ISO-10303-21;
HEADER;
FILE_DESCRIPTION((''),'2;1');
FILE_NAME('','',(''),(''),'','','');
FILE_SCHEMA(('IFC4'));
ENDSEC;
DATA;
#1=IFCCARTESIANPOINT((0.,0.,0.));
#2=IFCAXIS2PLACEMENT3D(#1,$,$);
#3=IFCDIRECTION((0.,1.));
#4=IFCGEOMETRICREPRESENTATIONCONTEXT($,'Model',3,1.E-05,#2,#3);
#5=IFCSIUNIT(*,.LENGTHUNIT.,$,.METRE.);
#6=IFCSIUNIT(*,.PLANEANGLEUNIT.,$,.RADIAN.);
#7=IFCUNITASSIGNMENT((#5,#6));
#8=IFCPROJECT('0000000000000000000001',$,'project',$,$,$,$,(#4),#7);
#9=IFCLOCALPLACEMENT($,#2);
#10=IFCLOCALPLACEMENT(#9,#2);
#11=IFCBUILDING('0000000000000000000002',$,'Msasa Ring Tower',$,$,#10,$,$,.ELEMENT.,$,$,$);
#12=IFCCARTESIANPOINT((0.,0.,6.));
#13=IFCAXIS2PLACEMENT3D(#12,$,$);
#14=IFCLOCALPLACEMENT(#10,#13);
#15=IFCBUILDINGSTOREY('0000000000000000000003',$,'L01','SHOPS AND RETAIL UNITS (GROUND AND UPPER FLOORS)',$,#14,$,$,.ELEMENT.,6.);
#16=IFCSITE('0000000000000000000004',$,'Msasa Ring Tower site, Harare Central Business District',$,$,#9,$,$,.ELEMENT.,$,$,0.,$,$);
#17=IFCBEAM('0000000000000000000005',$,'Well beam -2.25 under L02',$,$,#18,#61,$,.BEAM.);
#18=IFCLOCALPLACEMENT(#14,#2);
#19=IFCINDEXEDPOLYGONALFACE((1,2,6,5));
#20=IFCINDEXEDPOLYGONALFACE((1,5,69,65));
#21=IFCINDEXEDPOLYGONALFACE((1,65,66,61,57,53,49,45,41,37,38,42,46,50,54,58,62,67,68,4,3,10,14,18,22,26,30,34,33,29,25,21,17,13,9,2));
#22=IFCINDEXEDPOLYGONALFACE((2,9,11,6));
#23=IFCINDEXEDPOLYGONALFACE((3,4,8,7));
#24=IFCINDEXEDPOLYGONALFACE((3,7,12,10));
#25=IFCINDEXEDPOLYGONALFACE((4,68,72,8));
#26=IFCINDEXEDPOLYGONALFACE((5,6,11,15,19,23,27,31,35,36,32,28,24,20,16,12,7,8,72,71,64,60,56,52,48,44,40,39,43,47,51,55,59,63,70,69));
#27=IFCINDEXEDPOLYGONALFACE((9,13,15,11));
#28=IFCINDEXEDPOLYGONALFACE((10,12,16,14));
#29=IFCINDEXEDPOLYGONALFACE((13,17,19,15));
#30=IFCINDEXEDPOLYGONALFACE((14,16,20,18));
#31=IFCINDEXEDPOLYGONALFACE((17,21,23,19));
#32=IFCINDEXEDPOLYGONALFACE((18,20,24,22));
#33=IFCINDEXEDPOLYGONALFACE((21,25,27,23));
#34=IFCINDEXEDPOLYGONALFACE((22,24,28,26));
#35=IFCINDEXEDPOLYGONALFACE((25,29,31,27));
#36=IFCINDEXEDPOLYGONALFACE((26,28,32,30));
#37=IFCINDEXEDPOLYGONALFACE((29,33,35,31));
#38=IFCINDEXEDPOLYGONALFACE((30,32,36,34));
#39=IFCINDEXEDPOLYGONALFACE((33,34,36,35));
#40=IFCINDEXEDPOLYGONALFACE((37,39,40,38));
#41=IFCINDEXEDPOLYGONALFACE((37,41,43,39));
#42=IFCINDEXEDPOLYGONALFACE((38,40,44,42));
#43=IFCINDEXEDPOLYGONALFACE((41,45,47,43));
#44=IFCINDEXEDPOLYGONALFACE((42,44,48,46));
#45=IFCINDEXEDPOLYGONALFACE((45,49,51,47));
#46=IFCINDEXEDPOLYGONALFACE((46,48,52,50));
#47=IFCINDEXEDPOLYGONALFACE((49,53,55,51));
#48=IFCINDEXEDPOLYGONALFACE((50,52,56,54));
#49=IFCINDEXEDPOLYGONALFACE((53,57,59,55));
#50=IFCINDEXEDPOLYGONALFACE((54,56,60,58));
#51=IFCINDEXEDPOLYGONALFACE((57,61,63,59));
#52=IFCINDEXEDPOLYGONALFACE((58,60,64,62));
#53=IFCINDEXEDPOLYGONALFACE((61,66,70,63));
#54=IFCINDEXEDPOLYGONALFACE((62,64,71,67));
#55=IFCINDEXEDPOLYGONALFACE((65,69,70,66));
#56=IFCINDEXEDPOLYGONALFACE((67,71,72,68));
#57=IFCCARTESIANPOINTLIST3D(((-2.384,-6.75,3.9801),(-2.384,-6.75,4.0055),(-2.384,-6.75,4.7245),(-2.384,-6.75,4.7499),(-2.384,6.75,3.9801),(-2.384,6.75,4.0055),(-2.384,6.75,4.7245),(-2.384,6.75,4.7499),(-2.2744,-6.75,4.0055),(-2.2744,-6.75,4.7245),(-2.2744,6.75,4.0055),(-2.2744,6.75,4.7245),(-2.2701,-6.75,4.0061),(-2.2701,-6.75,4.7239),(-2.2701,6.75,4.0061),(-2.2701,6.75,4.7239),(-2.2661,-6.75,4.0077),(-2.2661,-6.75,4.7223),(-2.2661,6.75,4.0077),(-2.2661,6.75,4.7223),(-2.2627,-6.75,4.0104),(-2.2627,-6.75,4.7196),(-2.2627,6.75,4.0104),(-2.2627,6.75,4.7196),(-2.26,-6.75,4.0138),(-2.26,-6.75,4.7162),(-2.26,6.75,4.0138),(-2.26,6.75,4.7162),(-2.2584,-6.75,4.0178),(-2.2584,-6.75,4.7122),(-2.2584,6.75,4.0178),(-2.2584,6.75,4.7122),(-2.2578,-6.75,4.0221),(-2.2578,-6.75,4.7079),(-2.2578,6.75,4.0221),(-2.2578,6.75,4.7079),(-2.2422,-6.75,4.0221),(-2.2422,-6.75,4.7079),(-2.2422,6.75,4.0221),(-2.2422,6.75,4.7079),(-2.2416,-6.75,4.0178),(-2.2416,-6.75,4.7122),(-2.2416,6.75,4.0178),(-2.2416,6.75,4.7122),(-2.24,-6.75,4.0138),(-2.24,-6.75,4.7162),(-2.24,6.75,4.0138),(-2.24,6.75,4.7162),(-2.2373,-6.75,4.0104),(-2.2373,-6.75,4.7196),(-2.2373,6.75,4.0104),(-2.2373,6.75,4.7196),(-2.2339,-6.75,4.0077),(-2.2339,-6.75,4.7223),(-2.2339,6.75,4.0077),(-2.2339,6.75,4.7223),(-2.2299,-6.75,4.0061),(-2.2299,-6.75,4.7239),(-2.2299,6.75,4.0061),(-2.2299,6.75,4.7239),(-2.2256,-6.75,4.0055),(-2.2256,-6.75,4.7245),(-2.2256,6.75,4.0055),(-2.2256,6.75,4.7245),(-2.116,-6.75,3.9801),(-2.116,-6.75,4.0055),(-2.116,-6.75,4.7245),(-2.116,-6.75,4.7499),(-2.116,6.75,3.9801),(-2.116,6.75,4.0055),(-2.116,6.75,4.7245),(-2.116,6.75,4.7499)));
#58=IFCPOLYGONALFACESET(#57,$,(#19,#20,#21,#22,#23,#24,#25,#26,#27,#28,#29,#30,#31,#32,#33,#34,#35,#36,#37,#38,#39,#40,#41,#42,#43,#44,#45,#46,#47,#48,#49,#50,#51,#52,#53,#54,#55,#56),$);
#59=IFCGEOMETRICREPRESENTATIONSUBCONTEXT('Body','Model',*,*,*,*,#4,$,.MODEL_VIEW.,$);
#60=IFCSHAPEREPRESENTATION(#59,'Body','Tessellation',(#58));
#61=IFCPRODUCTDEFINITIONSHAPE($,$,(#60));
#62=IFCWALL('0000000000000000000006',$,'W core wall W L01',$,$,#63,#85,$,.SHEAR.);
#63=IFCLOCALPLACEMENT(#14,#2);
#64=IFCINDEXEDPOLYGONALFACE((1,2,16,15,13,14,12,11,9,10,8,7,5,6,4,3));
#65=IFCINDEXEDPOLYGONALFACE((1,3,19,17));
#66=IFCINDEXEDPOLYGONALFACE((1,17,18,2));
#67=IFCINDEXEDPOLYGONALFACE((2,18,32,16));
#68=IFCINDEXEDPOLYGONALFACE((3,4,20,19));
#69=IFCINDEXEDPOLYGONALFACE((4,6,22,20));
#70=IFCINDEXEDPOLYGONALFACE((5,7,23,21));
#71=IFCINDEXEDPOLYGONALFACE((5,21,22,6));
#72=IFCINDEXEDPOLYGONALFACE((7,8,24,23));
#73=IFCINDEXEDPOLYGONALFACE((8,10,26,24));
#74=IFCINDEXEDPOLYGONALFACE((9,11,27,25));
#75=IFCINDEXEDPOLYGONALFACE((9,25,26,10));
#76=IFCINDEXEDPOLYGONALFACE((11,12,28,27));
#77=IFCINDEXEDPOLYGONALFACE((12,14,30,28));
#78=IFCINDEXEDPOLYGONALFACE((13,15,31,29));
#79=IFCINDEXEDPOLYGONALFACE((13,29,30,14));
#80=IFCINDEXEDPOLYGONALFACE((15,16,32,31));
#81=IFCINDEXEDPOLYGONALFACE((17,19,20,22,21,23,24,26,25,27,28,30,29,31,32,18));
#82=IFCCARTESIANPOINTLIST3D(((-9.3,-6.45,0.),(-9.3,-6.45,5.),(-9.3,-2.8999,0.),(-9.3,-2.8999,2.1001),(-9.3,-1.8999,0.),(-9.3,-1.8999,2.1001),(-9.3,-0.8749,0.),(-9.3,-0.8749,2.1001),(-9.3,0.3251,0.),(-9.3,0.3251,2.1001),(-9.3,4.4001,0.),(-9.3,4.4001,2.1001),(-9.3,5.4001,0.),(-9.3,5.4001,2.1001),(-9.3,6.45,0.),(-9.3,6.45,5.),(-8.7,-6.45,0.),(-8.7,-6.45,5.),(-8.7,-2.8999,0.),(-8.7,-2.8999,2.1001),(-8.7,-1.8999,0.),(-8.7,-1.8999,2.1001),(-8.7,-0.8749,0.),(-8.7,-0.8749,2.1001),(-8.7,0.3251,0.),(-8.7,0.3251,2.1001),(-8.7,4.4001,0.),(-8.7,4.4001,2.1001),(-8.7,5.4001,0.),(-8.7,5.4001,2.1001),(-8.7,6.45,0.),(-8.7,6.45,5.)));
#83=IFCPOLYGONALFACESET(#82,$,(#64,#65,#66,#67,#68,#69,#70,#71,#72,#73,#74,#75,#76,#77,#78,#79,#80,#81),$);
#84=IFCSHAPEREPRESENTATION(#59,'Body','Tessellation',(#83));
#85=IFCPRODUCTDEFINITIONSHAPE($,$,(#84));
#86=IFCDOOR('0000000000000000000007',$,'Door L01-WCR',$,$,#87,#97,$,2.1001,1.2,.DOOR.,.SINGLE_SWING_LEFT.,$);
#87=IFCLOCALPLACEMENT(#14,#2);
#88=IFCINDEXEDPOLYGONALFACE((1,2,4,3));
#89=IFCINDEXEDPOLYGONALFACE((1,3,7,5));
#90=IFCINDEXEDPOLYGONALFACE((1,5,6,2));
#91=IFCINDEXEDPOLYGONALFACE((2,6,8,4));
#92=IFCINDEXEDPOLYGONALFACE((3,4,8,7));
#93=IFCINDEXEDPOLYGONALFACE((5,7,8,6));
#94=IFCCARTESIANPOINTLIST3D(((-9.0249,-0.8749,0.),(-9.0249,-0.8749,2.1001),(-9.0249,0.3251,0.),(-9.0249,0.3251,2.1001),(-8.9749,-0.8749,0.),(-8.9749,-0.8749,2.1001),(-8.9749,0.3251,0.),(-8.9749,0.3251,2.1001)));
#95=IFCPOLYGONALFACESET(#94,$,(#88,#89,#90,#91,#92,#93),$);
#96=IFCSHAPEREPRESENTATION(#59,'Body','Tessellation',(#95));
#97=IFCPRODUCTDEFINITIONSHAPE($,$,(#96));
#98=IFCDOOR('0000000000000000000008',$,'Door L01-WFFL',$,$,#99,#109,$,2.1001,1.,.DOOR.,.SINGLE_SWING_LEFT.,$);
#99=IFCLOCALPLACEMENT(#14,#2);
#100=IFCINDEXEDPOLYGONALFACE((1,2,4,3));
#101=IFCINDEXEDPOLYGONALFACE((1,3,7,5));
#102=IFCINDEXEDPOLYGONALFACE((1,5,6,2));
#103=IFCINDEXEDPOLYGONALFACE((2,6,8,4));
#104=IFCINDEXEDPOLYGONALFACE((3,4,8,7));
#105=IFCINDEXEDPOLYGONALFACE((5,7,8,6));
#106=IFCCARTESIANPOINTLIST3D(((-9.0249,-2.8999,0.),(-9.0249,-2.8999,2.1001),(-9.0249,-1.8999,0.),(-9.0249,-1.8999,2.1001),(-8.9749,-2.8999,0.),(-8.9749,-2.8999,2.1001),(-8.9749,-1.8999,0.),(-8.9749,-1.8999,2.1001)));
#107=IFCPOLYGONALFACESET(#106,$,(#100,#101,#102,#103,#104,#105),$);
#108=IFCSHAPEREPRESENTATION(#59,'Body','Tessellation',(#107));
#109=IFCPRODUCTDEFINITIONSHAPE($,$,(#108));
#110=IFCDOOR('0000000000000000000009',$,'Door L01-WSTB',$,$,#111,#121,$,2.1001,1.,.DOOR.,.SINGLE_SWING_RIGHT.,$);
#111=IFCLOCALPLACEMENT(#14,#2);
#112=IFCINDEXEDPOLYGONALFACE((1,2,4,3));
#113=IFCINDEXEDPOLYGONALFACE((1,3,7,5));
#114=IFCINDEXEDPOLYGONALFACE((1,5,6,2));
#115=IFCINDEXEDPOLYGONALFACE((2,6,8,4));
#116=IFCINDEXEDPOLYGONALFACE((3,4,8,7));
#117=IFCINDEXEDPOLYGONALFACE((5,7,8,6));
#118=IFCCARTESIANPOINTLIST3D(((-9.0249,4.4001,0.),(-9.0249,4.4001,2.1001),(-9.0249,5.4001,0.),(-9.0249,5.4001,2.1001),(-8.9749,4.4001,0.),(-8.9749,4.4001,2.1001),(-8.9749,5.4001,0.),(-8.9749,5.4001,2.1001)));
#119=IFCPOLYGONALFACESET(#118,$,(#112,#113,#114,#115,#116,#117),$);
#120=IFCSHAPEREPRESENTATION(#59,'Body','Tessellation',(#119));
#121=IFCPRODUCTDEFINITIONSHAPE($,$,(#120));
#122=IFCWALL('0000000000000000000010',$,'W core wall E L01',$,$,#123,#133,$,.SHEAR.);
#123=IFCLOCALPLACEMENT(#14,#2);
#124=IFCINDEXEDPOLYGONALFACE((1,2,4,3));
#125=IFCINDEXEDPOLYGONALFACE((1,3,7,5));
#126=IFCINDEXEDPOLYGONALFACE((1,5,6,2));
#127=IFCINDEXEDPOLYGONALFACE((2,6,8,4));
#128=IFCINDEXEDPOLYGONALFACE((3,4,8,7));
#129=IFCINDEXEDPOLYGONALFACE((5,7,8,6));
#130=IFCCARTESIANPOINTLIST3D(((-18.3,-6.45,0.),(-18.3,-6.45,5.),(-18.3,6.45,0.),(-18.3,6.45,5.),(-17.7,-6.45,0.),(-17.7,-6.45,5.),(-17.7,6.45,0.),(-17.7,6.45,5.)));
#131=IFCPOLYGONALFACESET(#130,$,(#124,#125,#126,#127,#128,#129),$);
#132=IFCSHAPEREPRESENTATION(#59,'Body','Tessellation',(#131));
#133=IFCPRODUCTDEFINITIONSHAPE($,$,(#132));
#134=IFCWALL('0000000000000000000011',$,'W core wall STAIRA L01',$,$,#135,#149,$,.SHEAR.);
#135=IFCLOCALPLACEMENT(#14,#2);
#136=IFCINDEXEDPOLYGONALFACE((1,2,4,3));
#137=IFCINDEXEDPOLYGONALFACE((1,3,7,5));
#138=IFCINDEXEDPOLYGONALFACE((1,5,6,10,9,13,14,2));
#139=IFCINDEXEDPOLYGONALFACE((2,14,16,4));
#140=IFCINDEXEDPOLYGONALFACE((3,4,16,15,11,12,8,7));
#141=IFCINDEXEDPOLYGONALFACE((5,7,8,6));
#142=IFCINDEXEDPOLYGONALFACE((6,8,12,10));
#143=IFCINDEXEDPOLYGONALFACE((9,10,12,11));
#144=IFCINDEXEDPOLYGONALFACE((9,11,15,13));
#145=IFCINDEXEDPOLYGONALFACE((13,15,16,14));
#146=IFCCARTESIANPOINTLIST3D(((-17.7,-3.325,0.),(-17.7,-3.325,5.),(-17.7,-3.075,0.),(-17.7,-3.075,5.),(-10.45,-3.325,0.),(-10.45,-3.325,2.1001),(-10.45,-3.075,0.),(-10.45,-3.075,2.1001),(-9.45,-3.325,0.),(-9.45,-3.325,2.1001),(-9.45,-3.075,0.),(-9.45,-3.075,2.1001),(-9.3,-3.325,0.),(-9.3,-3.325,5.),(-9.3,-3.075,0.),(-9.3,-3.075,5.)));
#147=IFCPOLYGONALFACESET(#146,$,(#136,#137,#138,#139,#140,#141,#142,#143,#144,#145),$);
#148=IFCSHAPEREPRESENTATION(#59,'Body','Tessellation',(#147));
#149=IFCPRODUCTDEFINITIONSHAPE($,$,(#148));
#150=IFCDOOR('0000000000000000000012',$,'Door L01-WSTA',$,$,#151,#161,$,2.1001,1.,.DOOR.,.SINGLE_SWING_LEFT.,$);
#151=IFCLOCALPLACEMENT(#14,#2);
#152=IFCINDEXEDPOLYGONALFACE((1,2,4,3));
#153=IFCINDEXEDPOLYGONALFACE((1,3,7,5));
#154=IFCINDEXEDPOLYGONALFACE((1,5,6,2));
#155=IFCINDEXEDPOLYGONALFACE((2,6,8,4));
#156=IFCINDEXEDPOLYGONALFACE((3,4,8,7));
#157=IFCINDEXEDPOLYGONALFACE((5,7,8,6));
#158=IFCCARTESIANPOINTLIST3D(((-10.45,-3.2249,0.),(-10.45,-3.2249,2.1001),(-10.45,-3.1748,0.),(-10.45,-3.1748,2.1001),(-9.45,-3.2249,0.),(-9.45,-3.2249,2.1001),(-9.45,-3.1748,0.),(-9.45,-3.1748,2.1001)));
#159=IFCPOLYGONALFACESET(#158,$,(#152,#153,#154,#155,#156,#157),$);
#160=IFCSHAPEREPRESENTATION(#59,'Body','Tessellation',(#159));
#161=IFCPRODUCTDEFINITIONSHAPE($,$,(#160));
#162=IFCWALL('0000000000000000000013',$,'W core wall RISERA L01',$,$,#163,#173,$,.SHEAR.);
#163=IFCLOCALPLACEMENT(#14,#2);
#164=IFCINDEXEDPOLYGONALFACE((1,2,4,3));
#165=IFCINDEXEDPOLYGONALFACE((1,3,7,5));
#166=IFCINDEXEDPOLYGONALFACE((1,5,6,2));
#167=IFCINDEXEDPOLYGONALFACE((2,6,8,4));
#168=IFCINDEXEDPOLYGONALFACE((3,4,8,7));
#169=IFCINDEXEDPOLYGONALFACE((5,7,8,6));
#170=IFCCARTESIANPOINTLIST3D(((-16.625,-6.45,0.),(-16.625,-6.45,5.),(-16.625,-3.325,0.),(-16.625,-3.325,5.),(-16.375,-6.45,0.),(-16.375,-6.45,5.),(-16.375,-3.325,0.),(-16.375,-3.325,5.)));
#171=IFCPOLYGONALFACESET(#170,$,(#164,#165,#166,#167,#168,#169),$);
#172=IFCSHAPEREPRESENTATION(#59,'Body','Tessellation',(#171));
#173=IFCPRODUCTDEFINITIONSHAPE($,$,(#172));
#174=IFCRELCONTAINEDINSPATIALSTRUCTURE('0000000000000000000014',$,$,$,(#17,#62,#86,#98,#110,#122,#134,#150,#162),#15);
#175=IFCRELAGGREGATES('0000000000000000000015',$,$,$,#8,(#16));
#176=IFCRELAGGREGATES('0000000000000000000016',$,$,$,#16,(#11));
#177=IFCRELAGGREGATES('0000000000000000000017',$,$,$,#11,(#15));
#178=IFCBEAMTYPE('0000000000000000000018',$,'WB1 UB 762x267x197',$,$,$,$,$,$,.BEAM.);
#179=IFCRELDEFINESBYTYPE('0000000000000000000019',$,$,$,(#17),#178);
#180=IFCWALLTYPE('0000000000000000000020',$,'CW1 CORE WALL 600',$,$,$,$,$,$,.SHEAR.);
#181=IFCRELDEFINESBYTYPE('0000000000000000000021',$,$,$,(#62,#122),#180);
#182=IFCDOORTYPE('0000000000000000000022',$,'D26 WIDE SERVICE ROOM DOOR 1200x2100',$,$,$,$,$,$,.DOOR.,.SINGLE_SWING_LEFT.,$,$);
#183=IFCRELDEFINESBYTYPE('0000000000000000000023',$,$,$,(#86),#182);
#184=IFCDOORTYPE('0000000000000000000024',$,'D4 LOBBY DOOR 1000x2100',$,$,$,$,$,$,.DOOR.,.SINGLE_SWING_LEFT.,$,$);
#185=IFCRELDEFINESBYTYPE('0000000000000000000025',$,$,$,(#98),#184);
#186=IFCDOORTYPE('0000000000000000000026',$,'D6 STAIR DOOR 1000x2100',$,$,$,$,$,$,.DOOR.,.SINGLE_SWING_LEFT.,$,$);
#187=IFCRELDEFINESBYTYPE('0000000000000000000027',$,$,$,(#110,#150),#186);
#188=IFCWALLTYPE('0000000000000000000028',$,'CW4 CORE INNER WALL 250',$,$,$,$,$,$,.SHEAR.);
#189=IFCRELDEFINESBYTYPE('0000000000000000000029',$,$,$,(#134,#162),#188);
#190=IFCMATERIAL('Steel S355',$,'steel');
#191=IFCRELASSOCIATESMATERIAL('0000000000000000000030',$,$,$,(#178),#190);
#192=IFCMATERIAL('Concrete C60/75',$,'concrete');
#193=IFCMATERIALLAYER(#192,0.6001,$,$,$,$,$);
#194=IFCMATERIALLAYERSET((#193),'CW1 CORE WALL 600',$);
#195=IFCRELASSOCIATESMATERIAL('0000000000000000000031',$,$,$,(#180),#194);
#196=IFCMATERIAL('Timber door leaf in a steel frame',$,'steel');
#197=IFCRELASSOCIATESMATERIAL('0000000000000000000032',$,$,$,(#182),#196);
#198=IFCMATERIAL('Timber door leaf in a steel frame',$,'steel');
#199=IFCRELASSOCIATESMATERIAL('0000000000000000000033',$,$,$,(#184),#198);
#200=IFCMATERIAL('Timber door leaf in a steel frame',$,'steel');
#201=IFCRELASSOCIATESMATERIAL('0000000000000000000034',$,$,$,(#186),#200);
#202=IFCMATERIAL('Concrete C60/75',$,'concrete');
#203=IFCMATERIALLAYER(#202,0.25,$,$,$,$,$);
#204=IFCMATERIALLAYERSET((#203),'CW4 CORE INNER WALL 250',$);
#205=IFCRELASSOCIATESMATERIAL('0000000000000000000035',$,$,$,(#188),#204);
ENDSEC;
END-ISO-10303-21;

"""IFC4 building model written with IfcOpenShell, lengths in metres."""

from ifc_helpers import new_model, si_unit, direction, frame, frame_2d, origin, origin_2d, place, context, subcontext, project, spatial, rectangle, i_section, extrude, material, layer, layer_set, material_profile, profile_set, type_object, element, fill, save


model = new_model("IFC4")

# Units and contexts
model_context = context("Model", 3, precision=1e-05, world=origin(), true_north=direction((0.0, 1.0)))
body_context = subcontext(model_context, "Body", "Model", "MODEL_VIEW")
ifc_project = project(units=[si_unit("LENGTHUNIT", "METRE"), si_unit("PLANEANGLEUNIT", "RADIAN")], contexts=[model_context])

# Site, building, storey
site_placement = place(None, origin())
site = spatial("IfcSite", under=ifc_project, at=site_placement, Name="Msasa Ring Tower site, Harare Central Business District", CompositionType="ELEMENT", RefElevation=0.0)
building_placement = place(site_placement, origin())
building = spatial("IfcBuilding", under=site, at=building_placement, Name="Msasa Ring Tower", CompositionType="ELEMENT")
storey_placement = place(building_placement, frame((0.0, 0.0, 6.0)))
storey = spatial("IfcBuildingStorey", under=building, at=storey_placement, Name="L01", Description="SHOPS AND RETAIL UNITS (GROUND AND UPPER FLOORS)", CompositionType="ELEMENT", Elevation=6.0)

# Beam
ifc_material_1 = material(Name="Steel S355", Category="steel")
ifc_material_profile_1 = material_profile(ifc_material_1, i_section(OverallWidth=0.2681, OverallDepth=0.7698, WebThickness=0.0156, FlangeThickness=0.0254, FilletRadius=0.0166, at=origin_2d()), Name="UB 762x267x197")
ifc_profile_set_1 = profile_set([ifc_material_profile_1], Name="Steel S355")
beam_type_1 = type_object("IfcBeamType", Name="WB1 UB 762x267x197", PredefinedType="BEAM", material=ifc_profile_set_1)
beam_1_placement = place(storey_placement, frame((-2.25, -6.75, 4.365), z_axis=(0.0, 1.0, 0.0), x_axis=(-1.0, 0.0, 0.0)))
element("IfcBeam", 1, at=beam_1_placement, inside=storey, type_object=beam_type_1, Name="Well beam -2.25 under L02", PredefinedType="BEAM", context=body_context, shape_type="SweptSolid", body=[
    extrude(i_section(OverallWidth=0.2681, OverallDepth=0.7698, WebThickness=0.0156, FlangeThickness=0.0254, FilletRadius=0.0166, at=origin_2d()), origin(), (0.0, 0.0, 1.0), 13.5),
])

# Wall, openings, doors
ifc_material_2 = material(Name="Concrete C60/75", Category="concrete")
ifc_layer_1 = layer(ifc_material_2, 0.6001)
ifc_layer_set_1 = layer_set([ifc_layer_1], Name="CW1 CORE WALL 600")
wall_type_1 = type_object("IfcWallType", Name="CW1 CORE WALL 600", PredefinedType="SHEAR", material=ifc_layer_set_1)
wall_1_placement = place(storey_placement, frame((-9.0, -6.45, 0.0), z_axis=(0.0, 0.0, 1.0), x_axis=(0.0, 1.0, 0.0)))
wall_1 = element("IfcWall", 2, at=wall_1_placement, inside=storey, type_object=wall_type_1, Name="W core wall W L01", PredefinedType="SHEAR", context=body_context, shape_type="SweptSolid", body=[
    extrude(rectangle(XDim=12.8999, YDim=0.6001, at=frame_2d((6.45, 0.0))), origin(), (0.0, 0.0, 1.0), 5.0),
])
opening_1_placement = place(wall_1_placement, frame((3.55, 0.0, 0.0)))
opening_1 = element("IfcOpeningElement", 3, at=opening_1_placement, cuts=wall_1, PredefinedType="OPENING", context=body_context, shape_type="SweptSolid", body=[
    extrude(rectangle(XDim=1.0, YDim=2.1001, at=frame_2d((0.5, 1.05))), frame((0.0, 0.3101, 0.0), z_axis=(0.0, -1.0, 0.0), x_axis=(1.0, 0.0, 0.0)), (0.0, 0.0, 1.0), 0.6201),
])
opening_2_placement = place(wall_1_placement, frame((5.575, 0.0, 0.0)))
opening_2 = element("IfcOpeningElement", 4, at=opening_2_placement, cuts=wall_1, PredefinedType="OPENING", context=body_context, shape_type="SweptSolid", body=[
    extrude(rectangle(XDim=1.2, YDim=2.1001, at=frame_2d((0.6001, 1.05))), frame((0.0, 0.3101, 0.0), z_axis=(0.0, -1.0, 0.0), x_axis=(1.0, 0.0, 0.0)), (0.0, 0.0, 1.0), 0.6201),
])
opening_3_placement = place(wall_1_placement, frame((10.8501, 0.0, 0.0)))
opening_3 = element("IfcOpeningElement", 5, at=opening_3_placement, cuts=wall_1, PredefinedType="OPENING", context=body_context, shape_type="SweptSolid", body=[
    extrude(rectangle(XDim=1.0, YDim=2.1001, at=frame_2d((0.5, 1.05))), frame((0.0, 0.3101, 0.0), z_axis=(0.0, -1.0, 0.0), x_axis=(1.0, 0.0, 0.0)), (0.0, 0.0, 1.0), 0.6201),
])
ifc_material_3 = material(Name="Timber door leaf in a steel frame", Category="steel")
door_type_1 = type_object("IfcDoorType", Name="D26 WIDE SERVICE ROOM DOOR 1200x2100", OperationType="SINGLE_SWING_LEFT", PredefinedType="DOOR", material=ifc_material_3)
door_1_placement = place(opening_2_placement, origin())
door_1 = element("IfcDoor", 6, at=door_1_placement, inside=storey, type_object=door_type_1, Name="Door L01-WCR", OperationType="SINGLE_SWING_LEFT", OverallHeight=2.1001, OverallWidth=1.2, PredefinedType="DOOR", context=body_context, shape_type="SweptSolid", body=[
    extrude(rectangle(XDim=1.2, YDim=2.1001, at=frame_2d((0.6001, 1.05))), frame((0.0, 0.0249, 0.0), z_axis=(0.0, -1.0, 0.0), x_axis=(1.0, 0.0, 0.0)), (0.0, 0.0, 1.0), 0.05),
])
fill(opening_2, door_1)
ifc_material_4 = material(Name="Timber door leaf in a steel frame", Category="steel")
door_type_2 = type_object("IfcDoorType", Name="D4 LOBBY DOOR 1000x2100", OperationType="SINGLE_SWING_LEFT", PredefinedType="DOOR", material=ifc_material_4)
door_2_placement = place(opening_1_placement, origin())
door_2 = element("IfcDoor", 7, at=door_2_placement, inside=storey, type_object=door_type_2, Name="Door L01-WFFL", OperationType="SINGLE_SWING_LEFT", OverallHeight=2.1001, OverallWidth=1.0, PredefinedType="DOOR", context=body_context, shape_type="SweptSolid", body=[
    extrude(rectangle(XDim=1.0, YDim=2.1001, at=frame_2d((0.5, 1.05))), frame((0.0, 0.0249, 0.0), z_axis=(0.0, -1.0, 0.0), x_axis=(1.0, 0.0, 0.0)), (0.0, 0.0, 1.0), 0.05),
])
fill(opening_1, door_2)
ifc_material_5 = material(Name="Timber door leaf in a steel frame", Category="steel")
door_type_3 = type_object("IfcDoorType", Name="D6 STAIR DOOR 1000x2100", OperationType="SINGLE_SWING_LEFT", PredefinedType="DOOR", material=ifc_material_5)
door_3_placement = place(opening_3_placement, origin())
door_3 = element("IfcDoor", 8, at=door_3_placement, inside=storey, type_object=door_type_3, Name="Door L01-WSTB", OperationType="SINGLE_SWING_RIGHT", OverallHeight=2.1001, OverallWidth=1.0, PredefinedType="DOOR", context=body_context, shape_type="SweptSolid", body=[
    extrude(rectangle(XDim=1.0, YDim=2.1001, at=frame_2d((0.5, 1.05))), frame((0.0, 0.0249, 0.0), z_axis=(0.0, -1.0, 0.0), x_axis=(1.0, 0.0, 0.0)), (0.0, 0.0, 1.0), 0.05),
])
fill(opening_3, door_3)

# Wall
wall_2_placement = place(storey_placement, frame((-18.0, -6.45, 0.0), z_axis=(0.0, 0.0, 1.0), x_axis=(0.0, 1.0, 0.0)))
element("IfcWall", 9, at=wall_2_placement, inside=storey, type_object=wall_type_1, Name="W core wall E L01", PredefinedType="SHEAR", context=body_context, shape_type="SweptSolid", body=[
    extrude(rectangle(XDim=12.8999, YDim=0.6001, at=frame_2d((6.45, 0.0))), origin(), (0.0, 0.0, 1.0), 5.0),
])

# Wall, opening, door
ifc_material_6 = material(Name="Concrete C60/75", Category="concrete")
ifc_layer_2 = layer(ifc_material_6, 0.25)
ifc_layer_set_2 = layer_set([ifc_layer_2], Name="CW4 CORE INNER WALL 250")
wall_type_2 = type_object("IfcWallType", Name="CW4 CORE INNER WALL 250", PredefinedType="SHEAR", material=ifc_layer_set_2)
wall_3_placement = place(storey_placement, frame((-9.3, -3.2, 0.0), z_axis=(0.0, 0.0, 1.0), x_axis=(-1.0, 0.0, 0.0)))
wall_3 = element("IfcWall", 10, at=wall_3_placement, inside=storey, type_object=wall_type_2, Name="W core wall STAIRA L01", PredefinedType="SHEAR", context=body_context, shape_type="SweptSolid", body=[
    extrude(rectangle(XDim=8.3999, YDim=0.25, at=frame_2d((4.2, 0.0))), origin(), (0.0, 0.0, 1.0), 5.0),
])
opening_4_placement = place(wall_3_placement, frame((0.1499, 0.0, 0.0)))
opening_4 = element("IfcOpeningElement", 11, at=opening_4_placement, cuts=wall_3, PredefinedType="OPENING", context=body_context, shape_type="SweptSolid", body=[
    extrude(rectangle(XDim=1.0, YDim=2.1001, at=frame_2d((0.5, 1.05))), frame((0.0, 0.135, 0.0), z_axis=(0.0, -1.0, 0.0), x_axis=(1.0, 0.0, 0.0)), (0.0, 0.0, 1.0), 0.27),
])
door_4_placement = place(opening_4_placement, origin())
door_4 = element("IfcDoor", 12, at=door_4_placement, inside=storey, type_object=door_type_3, Name="Door L01-WSTA", OperationType="SINGLE_SWING_LEFT", OverallHeight=2.1001, OverallWidth=1.0, PredefinedType="DOOR", context=body_context, shape_type="SweptSolid", body=[
    extrude(rectangle(XDim=1.0, YDim=2.1001, at=frame_2d((0.5, 1.05))), frame((0.0, 0.0249, 0.0), z_axis=(0.0, -1.0, 0.0), x_axis=(1.0, 0.0, 0.0)), (0.0, 0.0, 1.0), 0.05),
])
fill(opening_4, door_4)

# Wall
wall_4_placement = place(storey_placement, frame((-16.5, -6.45, 0.0), z_axis=(0.0, 0.0, 1.0), x_axis=(0.0, 1.0, 0.0)))
element("IfcWall", 13, at=wall_4_placement, inside=storey, type_object=wall_type_2, Name="W core wall RISERA L01", PredefinedType="SHEAR", context=body_context, shape_type="SweptSolid", body=[
    extrude(rectangle(XDim=3.125, YDim=0.25, at=frame_2d((1.5625, 0.0))), origin(), (0.0, 0.0, 1.0), 5.0),
])

save(model, "model.ifc")
